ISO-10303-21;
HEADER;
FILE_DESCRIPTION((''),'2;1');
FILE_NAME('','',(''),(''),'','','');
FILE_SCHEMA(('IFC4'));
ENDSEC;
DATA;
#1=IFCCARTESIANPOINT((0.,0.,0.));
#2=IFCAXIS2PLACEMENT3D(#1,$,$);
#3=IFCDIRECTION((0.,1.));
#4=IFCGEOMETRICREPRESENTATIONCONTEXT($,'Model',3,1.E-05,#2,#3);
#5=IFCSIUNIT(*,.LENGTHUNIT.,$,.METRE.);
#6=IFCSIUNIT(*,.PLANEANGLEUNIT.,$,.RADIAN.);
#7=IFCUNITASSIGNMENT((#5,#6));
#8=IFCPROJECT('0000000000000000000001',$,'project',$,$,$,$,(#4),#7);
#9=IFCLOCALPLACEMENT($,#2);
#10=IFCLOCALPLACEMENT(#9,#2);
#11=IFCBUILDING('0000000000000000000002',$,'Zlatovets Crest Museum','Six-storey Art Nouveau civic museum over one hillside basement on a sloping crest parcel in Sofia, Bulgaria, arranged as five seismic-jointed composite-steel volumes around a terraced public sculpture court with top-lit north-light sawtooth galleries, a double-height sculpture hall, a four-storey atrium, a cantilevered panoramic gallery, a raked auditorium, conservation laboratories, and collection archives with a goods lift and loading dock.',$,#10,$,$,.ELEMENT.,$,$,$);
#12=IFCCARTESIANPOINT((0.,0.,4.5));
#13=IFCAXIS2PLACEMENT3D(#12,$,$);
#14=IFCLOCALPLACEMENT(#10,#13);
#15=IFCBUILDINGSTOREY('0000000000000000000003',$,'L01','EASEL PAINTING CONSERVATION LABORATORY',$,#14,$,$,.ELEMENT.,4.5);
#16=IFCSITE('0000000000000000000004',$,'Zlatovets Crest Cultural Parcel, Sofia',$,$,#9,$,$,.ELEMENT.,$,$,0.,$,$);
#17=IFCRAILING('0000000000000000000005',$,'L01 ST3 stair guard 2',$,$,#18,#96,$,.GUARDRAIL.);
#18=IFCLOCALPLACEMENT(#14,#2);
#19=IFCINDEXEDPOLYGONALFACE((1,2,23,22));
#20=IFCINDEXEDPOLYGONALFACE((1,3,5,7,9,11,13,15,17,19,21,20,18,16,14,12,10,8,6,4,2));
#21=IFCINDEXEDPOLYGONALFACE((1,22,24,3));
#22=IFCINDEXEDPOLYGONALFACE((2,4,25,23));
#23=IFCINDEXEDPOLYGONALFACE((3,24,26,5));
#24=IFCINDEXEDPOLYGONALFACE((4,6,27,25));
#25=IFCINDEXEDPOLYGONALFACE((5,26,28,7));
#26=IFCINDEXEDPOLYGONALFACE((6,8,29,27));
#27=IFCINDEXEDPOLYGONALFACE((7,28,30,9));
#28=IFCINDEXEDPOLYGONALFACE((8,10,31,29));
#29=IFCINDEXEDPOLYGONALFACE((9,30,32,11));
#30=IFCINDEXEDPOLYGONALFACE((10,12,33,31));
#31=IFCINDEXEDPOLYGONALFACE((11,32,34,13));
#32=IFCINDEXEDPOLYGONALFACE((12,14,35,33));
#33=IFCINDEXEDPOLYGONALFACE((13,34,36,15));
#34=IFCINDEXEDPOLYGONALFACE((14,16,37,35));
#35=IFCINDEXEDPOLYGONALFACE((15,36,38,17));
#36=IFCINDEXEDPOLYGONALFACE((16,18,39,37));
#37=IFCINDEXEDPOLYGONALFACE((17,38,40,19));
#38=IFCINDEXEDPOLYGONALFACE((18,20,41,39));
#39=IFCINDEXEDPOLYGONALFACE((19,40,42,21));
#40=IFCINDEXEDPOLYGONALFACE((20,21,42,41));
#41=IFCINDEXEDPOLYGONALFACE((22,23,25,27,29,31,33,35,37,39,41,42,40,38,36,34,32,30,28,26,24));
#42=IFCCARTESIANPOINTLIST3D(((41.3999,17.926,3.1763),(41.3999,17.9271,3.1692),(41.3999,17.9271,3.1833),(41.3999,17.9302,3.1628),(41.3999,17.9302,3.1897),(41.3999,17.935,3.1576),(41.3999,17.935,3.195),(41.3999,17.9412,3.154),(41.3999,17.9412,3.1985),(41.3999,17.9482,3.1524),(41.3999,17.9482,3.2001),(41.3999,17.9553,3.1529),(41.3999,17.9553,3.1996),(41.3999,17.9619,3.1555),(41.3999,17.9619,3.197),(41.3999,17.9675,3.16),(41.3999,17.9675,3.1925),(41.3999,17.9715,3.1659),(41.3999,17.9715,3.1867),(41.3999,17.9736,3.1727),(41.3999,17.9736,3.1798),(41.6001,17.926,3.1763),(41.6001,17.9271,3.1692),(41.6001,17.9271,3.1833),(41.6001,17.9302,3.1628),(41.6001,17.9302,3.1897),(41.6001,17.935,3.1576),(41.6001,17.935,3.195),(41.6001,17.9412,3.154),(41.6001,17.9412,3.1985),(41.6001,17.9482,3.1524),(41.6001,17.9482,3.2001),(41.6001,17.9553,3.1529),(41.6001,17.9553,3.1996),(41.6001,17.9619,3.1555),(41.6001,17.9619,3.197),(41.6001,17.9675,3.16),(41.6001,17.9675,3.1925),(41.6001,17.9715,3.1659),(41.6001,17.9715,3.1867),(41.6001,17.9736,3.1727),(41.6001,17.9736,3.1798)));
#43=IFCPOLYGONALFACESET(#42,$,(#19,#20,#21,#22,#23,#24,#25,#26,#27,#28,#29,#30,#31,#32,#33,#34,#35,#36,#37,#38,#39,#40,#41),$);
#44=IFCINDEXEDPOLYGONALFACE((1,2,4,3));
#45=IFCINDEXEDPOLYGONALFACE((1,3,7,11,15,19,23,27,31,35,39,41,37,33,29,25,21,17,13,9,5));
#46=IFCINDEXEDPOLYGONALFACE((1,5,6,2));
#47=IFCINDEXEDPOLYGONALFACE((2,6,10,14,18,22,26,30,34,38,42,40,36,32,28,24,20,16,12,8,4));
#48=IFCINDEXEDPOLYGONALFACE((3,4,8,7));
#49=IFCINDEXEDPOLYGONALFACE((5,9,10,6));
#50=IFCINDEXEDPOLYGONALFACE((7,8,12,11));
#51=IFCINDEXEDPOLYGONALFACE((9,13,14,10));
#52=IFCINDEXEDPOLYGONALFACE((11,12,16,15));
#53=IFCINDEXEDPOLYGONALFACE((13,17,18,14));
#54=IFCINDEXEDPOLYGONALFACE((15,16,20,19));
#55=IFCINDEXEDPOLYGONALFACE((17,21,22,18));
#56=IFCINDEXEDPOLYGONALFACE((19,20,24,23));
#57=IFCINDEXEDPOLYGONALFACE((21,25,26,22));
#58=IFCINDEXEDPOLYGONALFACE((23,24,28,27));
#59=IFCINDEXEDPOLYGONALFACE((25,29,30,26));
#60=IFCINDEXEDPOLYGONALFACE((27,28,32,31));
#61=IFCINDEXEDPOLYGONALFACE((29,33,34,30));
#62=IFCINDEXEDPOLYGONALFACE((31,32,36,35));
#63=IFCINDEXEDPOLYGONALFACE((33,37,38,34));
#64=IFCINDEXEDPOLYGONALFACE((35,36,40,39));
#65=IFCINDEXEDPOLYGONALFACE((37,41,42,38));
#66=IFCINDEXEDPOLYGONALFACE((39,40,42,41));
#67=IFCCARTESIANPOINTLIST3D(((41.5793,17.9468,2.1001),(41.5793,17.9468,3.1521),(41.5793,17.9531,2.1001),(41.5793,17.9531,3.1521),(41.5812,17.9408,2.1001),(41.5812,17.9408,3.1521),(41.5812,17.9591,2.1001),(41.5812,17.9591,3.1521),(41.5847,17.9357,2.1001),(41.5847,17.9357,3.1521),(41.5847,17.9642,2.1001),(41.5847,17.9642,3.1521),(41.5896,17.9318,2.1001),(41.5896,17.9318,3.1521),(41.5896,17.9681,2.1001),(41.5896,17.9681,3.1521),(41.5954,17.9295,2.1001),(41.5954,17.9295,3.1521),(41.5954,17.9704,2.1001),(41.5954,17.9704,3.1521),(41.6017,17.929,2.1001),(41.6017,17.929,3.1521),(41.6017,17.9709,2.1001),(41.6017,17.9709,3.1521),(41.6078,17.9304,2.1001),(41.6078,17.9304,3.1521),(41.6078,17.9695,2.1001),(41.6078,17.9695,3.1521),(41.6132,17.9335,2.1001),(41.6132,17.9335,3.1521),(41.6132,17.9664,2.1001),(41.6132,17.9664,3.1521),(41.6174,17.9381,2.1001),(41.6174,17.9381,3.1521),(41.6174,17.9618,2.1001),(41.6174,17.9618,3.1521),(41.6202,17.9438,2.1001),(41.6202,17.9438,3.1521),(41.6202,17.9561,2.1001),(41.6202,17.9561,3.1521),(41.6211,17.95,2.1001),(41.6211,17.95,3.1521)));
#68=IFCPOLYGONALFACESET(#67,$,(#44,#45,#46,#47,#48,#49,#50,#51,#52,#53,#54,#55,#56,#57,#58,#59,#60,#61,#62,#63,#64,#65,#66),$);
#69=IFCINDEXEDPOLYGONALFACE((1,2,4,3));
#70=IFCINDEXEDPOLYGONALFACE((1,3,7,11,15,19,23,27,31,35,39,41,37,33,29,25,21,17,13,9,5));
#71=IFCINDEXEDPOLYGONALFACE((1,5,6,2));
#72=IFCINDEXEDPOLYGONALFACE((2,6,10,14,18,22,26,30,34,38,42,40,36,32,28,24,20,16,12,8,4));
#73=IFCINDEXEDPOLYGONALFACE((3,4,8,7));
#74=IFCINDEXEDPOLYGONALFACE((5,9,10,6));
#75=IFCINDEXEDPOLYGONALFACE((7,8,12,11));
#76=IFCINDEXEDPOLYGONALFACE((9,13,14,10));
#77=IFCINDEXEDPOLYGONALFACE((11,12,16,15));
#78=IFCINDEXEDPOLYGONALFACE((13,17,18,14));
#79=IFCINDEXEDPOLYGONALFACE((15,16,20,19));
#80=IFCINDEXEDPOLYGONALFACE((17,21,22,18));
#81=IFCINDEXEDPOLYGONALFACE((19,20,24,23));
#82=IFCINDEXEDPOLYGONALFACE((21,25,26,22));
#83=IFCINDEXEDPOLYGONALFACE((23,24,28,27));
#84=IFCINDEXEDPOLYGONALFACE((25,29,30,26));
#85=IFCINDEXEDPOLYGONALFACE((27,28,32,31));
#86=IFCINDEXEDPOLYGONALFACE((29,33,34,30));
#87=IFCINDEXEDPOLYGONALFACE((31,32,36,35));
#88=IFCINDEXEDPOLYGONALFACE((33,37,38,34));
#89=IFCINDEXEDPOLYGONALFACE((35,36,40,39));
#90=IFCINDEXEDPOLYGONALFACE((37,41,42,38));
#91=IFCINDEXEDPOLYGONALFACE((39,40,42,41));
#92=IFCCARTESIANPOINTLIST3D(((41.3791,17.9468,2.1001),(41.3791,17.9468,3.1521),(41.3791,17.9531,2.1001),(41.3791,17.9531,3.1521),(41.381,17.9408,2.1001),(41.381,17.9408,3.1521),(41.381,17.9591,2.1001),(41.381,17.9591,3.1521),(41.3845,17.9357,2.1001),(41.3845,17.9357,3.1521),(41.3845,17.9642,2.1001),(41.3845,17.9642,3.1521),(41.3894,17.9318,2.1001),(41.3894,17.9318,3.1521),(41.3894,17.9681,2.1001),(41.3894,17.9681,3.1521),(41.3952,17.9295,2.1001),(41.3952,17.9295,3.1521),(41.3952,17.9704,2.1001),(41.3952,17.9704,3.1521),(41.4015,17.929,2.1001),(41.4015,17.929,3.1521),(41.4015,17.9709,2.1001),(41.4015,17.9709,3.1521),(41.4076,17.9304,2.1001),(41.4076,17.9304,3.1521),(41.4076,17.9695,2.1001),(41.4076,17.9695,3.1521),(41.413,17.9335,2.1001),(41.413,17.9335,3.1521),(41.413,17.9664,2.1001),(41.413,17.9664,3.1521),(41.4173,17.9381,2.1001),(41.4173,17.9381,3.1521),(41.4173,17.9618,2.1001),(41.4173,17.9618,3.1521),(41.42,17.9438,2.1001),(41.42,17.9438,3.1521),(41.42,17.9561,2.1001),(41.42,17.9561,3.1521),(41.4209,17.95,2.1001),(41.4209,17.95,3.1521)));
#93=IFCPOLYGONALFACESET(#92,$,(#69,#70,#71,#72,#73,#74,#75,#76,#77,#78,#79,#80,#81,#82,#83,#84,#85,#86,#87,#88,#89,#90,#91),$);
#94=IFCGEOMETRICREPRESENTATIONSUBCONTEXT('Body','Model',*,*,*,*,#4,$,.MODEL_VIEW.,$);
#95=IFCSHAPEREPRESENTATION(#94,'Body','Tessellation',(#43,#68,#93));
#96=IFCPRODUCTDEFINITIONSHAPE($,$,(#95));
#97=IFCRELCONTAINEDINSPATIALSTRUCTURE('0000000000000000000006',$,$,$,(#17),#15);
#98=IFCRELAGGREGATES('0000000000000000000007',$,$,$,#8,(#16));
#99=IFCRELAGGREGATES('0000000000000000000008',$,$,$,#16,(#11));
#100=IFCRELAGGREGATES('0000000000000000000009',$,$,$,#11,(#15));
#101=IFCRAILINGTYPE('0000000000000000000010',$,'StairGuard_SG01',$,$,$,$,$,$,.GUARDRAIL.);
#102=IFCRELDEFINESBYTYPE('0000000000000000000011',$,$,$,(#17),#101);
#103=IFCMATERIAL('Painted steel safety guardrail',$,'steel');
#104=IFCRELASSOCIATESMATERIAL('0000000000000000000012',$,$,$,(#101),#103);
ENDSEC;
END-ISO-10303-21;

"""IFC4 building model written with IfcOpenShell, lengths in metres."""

from ifc_helpers import new_model, si_unit, direction, frame, origin, origin_2d, place, context, subcontext, project, spatial, circle, extrude, material, type_object, element, save


model = new_model("IFC4")

# Units and contexts
model_context = context("Model", 3, precision=1e-05, world=origin(), true_north=direction((0.0, 1.0)))
body_context = subcontext(model_context, "Body", "Model", "MODEL_VIEW")
ifc_project = project(units=[si_unit("LENGTHUNIT", "METRE"), si_unit("PLANEANGLEUNIT", "RADIAN")], contexts=[model_context])

# Site, building, storey
site_placement = place(None, origin())
site = spatial("IfcSite", under=ifc_project, at=site_placement, Name="Zlatovets Crest Cultural Parcel, Sofia", CompositionType="ELEMENT", RefElevation=0.0)
building_placement = place(site_placement, origin())
building = spatial("IfcBuilding", under=site, at=building_placement, Name="Zlatovets Crest Museum", Description="Six-storey Art Nouveau civic museum over one hillside basement on a sloping crest parcel in Sofia, Bulgaria, arranged as five seismic-jointed composite-steel volumes around a terraced public sculpture court with top-lit north-light sawtooth galleries, a double-height sculpture hall, a four-storey atrium, a cantilevered panoramic gallery, a raked auditorium, conservation laboratories, and collection archives with a goods lift and loading dock.", CompositionType="ELEMENT")
storey_placement = place(building_placement, frame((0.0, 0.0, 4.5)))
storey = spatial("IfcBuildingStorey", under=building, at=storey_placement, Name="L01", Description="EASEL PAINTING CONSERVATION LABORATORY", CompositionType="ELEMENT", Elevation=4.5)

# Railing
ifc_material_1 = material(Name="Painted steel safety guardrail", Category="steel")
railing_type_1 = type_object("IfcRailingType", Name="StairGuard_SG01", PredefinedType="GUARDRAIL", material=ifc_material_1)
railing_1_placement = place(storey_placement, frame((41.6001, 17.95, 2.1001)))
element("IfcRailing", 1, at=railing_1_placement, inside=storey, type_object=railing_type_1, Name="L01 ST3 stair guard 2", PredefinedType="GUARDRAIL", context=body_context, shape_type="SweptSolid", body=[
    extrude(circle(Radius=0.0239, at=origin_2d()), frame((0.0, 0.0, 1.0762), z_axis=(-1.0, 0.0, 0.0), x_axis=(0.0, -1.0, 0.0)), (0.0, 0.0, 1.0), 0.2002),
    extrude(circle(Radius=0.021, at=origin_2d()), origin(), (0.0, 0.0, 1.0), 1.052),
    extrude(circle(Radius=0.021, at=origin_2d()), frame((-0.2002, 0.0, 0.0)), (0.0, 0.0, 1.0), 1.052),
])

save(model, "model.ifc")
